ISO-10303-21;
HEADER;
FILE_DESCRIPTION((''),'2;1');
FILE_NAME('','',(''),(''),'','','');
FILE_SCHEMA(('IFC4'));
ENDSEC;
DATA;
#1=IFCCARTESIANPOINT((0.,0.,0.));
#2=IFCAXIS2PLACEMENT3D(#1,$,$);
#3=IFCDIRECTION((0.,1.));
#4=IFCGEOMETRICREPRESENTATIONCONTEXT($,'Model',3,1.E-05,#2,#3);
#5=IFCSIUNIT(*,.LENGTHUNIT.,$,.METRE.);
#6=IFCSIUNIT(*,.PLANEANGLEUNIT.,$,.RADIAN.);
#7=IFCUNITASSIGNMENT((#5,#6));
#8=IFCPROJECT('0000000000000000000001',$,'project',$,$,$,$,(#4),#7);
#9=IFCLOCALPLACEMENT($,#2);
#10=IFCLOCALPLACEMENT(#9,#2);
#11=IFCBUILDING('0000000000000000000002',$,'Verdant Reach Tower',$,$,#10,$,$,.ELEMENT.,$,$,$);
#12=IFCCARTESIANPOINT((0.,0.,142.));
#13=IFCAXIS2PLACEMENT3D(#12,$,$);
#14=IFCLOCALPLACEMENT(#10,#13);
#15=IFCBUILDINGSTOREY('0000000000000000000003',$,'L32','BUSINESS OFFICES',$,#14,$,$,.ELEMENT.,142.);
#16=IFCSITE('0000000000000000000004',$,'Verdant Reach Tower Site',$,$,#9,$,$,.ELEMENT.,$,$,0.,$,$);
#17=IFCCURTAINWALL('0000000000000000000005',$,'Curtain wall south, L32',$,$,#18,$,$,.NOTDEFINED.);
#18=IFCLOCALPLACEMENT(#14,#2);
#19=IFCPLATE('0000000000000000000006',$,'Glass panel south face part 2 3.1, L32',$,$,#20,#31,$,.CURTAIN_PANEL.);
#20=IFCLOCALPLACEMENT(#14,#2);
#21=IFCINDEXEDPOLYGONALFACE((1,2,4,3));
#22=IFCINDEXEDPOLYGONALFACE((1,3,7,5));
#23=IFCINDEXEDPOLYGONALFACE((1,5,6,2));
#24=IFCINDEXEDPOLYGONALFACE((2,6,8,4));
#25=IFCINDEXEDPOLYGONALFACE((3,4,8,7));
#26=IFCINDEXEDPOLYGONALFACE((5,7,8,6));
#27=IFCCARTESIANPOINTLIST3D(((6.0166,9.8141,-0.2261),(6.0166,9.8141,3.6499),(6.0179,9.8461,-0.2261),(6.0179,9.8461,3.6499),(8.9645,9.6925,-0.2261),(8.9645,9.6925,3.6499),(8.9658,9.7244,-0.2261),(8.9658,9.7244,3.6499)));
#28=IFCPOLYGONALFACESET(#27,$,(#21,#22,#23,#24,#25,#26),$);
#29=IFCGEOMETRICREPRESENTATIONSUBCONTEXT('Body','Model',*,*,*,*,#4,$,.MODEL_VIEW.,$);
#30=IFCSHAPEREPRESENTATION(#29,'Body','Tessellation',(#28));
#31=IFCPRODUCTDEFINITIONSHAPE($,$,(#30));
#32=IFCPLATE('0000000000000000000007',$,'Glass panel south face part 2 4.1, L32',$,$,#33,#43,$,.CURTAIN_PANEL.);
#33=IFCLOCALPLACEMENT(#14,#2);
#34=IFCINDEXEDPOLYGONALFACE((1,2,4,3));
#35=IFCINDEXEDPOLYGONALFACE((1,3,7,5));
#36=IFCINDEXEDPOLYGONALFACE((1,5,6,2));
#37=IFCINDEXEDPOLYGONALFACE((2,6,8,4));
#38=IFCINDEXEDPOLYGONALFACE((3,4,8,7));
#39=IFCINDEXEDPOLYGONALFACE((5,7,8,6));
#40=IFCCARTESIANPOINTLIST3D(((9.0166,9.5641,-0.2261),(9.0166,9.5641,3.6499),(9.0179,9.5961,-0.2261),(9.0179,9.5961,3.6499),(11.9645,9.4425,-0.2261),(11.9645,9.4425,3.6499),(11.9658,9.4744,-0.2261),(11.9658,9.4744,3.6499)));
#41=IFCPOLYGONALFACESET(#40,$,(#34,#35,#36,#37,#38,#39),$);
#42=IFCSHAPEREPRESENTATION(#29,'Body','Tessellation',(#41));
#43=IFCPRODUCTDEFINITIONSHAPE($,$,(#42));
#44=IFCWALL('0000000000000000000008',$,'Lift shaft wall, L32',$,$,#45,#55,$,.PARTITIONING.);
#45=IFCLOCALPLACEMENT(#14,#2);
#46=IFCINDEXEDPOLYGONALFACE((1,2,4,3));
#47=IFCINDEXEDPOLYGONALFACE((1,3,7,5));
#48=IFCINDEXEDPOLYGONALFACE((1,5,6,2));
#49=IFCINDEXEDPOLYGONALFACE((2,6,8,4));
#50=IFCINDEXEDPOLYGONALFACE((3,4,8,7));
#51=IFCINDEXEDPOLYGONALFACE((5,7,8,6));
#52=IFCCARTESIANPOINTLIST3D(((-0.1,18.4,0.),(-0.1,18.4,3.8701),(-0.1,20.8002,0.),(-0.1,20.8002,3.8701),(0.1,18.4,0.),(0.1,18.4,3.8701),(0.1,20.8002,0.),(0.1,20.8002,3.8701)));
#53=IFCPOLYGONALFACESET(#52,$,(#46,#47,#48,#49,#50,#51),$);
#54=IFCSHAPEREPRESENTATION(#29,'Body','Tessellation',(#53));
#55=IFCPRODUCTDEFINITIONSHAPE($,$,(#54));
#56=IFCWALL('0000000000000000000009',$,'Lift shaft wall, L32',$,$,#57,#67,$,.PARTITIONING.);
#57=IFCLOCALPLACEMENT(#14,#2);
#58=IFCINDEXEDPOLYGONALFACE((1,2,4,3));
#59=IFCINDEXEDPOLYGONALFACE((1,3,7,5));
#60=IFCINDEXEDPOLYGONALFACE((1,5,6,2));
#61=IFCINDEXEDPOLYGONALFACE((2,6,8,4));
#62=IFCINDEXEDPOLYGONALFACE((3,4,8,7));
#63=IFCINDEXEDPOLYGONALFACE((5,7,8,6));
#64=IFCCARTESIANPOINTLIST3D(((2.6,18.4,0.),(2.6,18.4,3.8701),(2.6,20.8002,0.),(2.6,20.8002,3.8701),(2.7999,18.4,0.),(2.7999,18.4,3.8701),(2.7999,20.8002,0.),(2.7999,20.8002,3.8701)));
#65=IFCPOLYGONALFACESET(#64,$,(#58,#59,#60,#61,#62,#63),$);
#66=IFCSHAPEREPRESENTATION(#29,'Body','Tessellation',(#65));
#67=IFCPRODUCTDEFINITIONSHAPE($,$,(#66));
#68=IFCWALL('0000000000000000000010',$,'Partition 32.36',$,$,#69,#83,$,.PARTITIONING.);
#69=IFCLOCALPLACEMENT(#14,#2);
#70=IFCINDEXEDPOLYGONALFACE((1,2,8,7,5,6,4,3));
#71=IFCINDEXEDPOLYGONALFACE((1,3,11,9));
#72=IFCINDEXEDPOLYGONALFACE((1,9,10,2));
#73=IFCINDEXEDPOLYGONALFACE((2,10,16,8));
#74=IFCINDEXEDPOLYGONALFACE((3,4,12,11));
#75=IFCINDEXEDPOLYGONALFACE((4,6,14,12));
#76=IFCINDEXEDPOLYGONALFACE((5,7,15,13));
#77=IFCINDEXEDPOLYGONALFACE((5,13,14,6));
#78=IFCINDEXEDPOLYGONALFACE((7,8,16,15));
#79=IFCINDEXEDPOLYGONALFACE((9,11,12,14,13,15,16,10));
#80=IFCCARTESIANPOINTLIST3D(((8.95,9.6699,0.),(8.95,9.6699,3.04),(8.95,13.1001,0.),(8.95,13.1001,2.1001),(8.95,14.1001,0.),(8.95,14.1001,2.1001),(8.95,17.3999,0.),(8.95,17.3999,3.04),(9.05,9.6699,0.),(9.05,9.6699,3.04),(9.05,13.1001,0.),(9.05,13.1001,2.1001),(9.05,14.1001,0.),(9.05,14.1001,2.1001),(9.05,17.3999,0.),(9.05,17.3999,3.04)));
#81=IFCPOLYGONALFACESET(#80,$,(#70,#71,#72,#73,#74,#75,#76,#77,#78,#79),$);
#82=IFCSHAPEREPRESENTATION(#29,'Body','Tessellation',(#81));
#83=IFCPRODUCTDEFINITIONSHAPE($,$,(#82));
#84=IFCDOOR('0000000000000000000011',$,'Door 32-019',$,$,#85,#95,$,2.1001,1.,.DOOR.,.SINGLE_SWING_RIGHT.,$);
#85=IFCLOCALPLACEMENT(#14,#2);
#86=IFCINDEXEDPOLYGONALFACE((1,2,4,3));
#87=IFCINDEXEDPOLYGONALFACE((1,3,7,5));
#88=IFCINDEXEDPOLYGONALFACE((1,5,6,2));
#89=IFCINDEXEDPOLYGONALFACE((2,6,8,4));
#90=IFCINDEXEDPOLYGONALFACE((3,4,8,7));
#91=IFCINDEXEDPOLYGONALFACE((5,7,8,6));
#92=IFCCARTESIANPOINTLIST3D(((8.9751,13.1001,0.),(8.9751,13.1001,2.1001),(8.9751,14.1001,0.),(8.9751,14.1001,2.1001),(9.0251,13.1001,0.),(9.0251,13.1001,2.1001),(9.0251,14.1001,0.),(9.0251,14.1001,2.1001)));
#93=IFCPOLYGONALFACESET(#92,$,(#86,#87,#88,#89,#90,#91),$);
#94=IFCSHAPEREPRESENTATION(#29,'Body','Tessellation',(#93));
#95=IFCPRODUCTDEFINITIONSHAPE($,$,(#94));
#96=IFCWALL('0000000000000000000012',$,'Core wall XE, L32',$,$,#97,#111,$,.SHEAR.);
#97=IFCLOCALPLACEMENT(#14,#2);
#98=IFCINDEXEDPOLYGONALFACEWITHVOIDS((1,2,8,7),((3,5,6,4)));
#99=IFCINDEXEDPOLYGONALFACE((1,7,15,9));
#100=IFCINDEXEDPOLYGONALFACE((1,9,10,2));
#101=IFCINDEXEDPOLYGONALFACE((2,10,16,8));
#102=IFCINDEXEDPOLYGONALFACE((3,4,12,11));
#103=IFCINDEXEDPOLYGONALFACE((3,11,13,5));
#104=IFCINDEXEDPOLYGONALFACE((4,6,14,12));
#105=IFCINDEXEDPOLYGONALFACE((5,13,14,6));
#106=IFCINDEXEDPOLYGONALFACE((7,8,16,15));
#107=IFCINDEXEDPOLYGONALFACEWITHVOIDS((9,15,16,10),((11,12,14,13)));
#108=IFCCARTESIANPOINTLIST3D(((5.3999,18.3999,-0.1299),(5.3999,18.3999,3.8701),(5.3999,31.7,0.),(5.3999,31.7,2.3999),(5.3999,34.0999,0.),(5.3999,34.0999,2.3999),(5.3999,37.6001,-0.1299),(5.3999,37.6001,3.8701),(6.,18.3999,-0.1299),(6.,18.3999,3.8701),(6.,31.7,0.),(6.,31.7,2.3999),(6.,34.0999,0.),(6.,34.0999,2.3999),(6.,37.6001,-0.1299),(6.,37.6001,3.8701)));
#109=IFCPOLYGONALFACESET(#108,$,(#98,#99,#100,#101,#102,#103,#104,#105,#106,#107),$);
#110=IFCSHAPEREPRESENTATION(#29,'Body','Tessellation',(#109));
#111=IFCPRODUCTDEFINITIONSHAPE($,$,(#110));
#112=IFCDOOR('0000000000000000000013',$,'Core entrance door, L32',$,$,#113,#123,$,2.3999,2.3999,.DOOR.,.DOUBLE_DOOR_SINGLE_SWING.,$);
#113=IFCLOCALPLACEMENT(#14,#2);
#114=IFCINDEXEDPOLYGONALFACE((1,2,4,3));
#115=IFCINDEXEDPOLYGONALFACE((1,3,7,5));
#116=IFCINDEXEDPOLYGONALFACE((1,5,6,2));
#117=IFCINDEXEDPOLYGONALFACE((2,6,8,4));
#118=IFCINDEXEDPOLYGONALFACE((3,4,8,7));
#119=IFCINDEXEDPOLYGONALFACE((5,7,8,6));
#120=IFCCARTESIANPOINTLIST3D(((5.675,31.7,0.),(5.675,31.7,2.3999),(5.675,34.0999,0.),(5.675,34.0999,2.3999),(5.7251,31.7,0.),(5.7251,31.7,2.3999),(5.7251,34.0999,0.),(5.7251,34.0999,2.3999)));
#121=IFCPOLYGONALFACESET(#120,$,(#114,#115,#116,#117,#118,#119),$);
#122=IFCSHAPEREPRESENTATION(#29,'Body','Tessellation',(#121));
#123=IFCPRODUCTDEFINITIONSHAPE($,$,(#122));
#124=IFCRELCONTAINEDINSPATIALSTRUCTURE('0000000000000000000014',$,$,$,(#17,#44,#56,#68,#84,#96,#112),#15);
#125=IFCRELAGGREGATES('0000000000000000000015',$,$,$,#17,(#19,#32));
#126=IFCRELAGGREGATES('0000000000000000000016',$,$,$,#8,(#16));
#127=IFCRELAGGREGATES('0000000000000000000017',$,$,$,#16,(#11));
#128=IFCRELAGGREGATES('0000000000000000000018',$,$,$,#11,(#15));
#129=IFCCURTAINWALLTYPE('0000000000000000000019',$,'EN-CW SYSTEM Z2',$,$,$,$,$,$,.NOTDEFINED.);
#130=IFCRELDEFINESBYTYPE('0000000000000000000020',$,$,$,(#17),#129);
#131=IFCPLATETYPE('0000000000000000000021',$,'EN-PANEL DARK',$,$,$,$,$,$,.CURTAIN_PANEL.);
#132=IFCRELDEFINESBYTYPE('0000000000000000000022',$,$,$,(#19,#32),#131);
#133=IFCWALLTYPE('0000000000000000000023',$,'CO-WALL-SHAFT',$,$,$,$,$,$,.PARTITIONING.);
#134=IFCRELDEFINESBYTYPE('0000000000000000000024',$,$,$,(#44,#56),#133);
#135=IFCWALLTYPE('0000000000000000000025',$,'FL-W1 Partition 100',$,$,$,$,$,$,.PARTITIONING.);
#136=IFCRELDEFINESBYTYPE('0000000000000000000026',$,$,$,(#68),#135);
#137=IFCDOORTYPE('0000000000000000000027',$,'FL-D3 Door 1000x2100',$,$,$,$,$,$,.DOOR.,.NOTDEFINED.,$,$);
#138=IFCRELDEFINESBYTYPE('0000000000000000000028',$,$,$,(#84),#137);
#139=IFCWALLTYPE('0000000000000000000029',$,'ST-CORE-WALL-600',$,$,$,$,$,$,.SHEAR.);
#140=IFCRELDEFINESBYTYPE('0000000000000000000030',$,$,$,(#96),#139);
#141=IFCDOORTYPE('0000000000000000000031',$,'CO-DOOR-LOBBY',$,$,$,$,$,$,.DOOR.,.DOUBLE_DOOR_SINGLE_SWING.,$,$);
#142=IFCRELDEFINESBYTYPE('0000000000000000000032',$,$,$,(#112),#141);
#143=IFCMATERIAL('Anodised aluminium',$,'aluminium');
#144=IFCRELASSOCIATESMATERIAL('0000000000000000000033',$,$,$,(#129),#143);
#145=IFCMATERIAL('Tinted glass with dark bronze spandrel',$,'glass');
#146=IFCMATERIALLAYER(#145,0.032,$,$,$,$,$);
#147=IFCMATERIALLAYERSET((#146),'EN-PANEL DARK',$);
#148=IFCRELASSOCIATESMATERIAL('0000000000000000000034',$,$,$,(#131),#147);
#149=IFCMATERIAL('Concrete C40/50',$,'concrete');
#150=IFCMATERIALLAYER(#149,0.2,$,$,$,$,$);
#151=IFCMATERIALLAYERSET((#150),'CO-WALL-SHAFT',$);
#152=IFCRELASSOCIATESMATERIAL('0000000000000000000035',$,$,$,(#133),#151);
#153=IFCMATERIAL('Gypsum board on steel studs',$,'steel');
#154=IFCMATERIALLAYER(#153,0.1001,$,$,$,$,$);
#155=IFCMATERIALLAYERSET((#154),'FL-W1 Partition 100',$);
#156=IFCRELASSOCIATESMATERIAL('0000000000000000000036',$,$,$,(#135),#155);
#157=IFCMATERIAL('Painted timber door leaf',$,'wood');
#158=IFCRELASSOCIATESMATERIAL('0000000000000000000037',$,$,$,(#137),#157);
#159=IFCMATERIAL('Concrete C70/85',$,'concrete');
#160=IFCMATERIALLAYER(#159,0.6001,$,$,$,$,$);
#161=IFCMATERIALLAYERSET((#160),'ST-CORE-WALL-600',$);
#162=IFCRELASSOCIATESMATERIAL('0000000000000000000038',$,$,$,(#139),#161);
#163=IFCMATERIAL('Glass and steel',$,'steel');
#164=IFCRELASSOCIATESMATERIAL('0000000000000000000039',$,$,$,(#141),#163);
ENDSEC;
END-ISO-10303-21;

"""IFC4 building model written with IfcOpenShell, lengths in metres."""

from ifc_helpers import new_model, si_unit, direction, frame, frame_2d, origin, origin_2d, place, context, subcontext, project, spatial, rectangle, extrude, material, layer, layer_set, type_object, element, fill, aggregate, save


model = new_model("IFC4")

# Units and contexts
model_context = context("Model", 3, precision=1e-05, world=origin(), true_north=direction((0.0, 1.0)))
body_context = subcontext(model_context, "Body", "Model", "MODEL_VIEW")
ifc_project = project(units=[si_unit("LENGTHUNIT", "METRE"), si_unit("PLANEANGLEUNIT", "RADIAN")], contexts=[model_context])

# Site, building, storey
site_placement = place(None, origin())
site = spatial("IfcSite", under=ifc_project, at=site_placement, Name="Verdant Reach Tower Site", CompositionType="ELEMENT", RefElevation=0.0)
building_placement = place(site_placement, origin())
building = spatial("IfcBuilding", under=site, at=building_placement, Name="Verdant Reach Tower", CompositionType="ELEMENT")
storey_placement = place(building_placement, frame((0.0, 0.0, 142.0)))
storey = spatial("IfcBuildingStorey", under=building, at=storey_placement, Name="L32", Description="BUSINESS OFFICES", CompositionType="ELEMENT", Elevation=142.0)

# Curtain wall
ifc_material_1 = material(Name="Anodised aluminium", Category="aluminium")
curtain_wall_type = type_object("IfcCurtainWallType", Name="EN-CW SYSTEM Z2", PredefinedType="NOTDEFINED", material=ifc_material_1)
curtain_wall_placement = place(storey_placement, origin())
curtain_wall = element("IfcCurtainWall", 1, at=curtain_wall_placement, inside=storey, type_object=curtain_wall_type, Name="Curtain wall south, L32", PredefinedType="NOTDEFINED")

# Plates
ifc_material_2 = material(Name="Tinted glass with dark bronze spandrel", Category="glass")
ifc_layer_1 = layer(ifc_material_2, 0.032)
ifc_layer_set_1 = layer_set([ifc_layer_1], Name="EN-PANEL DARK")
plate_type_1 = type_object("IfcPlateType", Name="EN-PANEL DARK", PredefinedType="CURTAIN_PANEL", material=ifc_layer_set_1)
plate_1_placement = place(storey_placement, frame((7.4912, 9.7693, -0.2261), z_axis=(0.0, 0.0, 1.0), x_axis=(0.999149, -0.041242, 0.0)))
plate_1 = element("IfcPlate", 2, at=plate_1_placement, type_object=plate_type_1, Name="Glass panel south face part 2 3.1, L32", PredefinedType="CURTAIN_PANEL", context=body_context, shape_type="SweptSolid", body=[
    extrude(rectangle(XDim=2.9504, YDim=0.032, at=origin_2d()), origin(), (0.0, 0.0, 1.0), 3.876),
])
plate_2_placement = place(storey_placement, frame((10.4912, 9.5193, -0.2261), z_axis=(0.0, 0.0, 1.0), x_axis=(0.999149, -0.041242, 0.0)))
plate_2 = element("IfcPlate", 3, at=plate_2_placement, type_object=plate_type_1, Name="Glass panel south face part 2 4.1, L32", PredefinedType="CURTAIN_PANEL", context=body_context, shape_type="SweptSolid", body=[
    extrude(rectangle(XDim=2.9504, YDim=0.032, at=origin_2d()), origin(), (0.0, 0.0, 1.0), 3.876),
])
aggregate(curtain_wall, [plate_1, plate_2])

# Walls
ifc_material_3 = material(Name="Concrete C40/50", Category="concrete")
ifc_layer_2 = layer(ifc_material_3, 0.2)
ifc_layer_set_2 = layer_set([ifc_layer_2], Name="CO-WALL-SHAFT")
wall_type_1 = type_object("IfcWallType", Name="CO-WALL-SHAFT", PredefinedType="PARTITIONING", material=ifc_layer_set_2)
for number, where, z_axis, x_axis, name in (
    (4, (0.0, 18.3999, 0.0), (0.0, 0.0, 1.0), (0.0, 1.0, 0.0), "Lift shaft wall, L32"),
    (5, (2.7, 18.3999, 0.0), (0.0, 0.0, 1.0), (0.0, 1.0, 0.0), "Lift shaft wall, L32"),
):
    element("IfcWall", number, at=place(storey_placement, frame(where, z_axis=z_axis, x_axis=x_axis)), inside=storey, type_object=wall_type_1, Name=name, PredefinedType="PARTITIONING", context=body_context, shape_type="SweptSolid", body=[
        extrude(rectangle(XDim=2.4001, YDim=0.2, at=frame_2d((1.2002, 0.0))), origin(), (0.0, 0.0, 1.0), 3.8701),
    ])

# Walls, openings, doors
ifc_material_4 = material(Name="Gypsum board on steel studs", Category="steel")
ifc_layer_3 = layer(ifc_material_4, 0.1001)
ifc_layer_set_3 = layer_set([ifc_layer_3], Name="FL-W1 Partition 100")
wall_type_2 = type_object("IfcWallType", Name="FL-W1 Partition 100", PredefinedType="PARTITIONING", material=ifc_layer_set_3)
wall_1_placement = place(storey_placement, frame((9.0, 9.6699, 0.0), z_axis=(0.0, 0.0, 1.0), x_axis=(0.0, 1.0, 0.0)))
wall_1 = element("IfcWall", 6, at=wall_1_placement, inside=storey, type_object=wall_type_2, Name="Partition 32.36", PredefinedType="PARTITIONING", context=body_context, shape_type="SweptSolid", body=[
    extrude(rectangle(XDim=7.73, YDim=0.1001, at=frame_2d((3.865, 0.0))), origin(), (0.0, 0.0, 1.0), 3.04),
])
opening_1_placement = place(wall_1_placement, frame((3.4302, 0.0, 0.0)))
opening_1 = element("IfcOpeningElement", 7, at=opening_1_placement, cuts=wall_1, PredefinedType="OPENING", context=body_context, shape_type="SweptSolid", body=[
    extrude(rectangle(XDim=1.0, YDim=2.1001, at=frame_2d((0.5, 1.05))), frame((0.0, 0.0601, 0.0), z_axis=(0.0, -1.0, 0.0), x_axis=(1.0, 0.0, 0.0)), (0.0, 0.0, 1.0), 0.1201),
])
ifc_material_5 = material(Name="Painted timber door leaf", Category="wood")
door_type_1 = type_object("IfcDoorType", Name="FL-D3 Door 1000x2100", OperationType="NOTDEFINED", PredefinedType="DOOR", material=ifc_material_5)
door_1_placement = place(opening_1_placement, origin())
door_1 = element("IfcDoor", 8, at=door_1_placement, inside=storey, type_object=door_type_1, Name="Door 32-019", OperationType="SINGLE_SWING_RIGHT", OverallHeight=2.1001, OverallWidth=1.0, PredefinedType="DOOR", context=body_context, shape_type="SweptSolid", body=[
    extrude(rectangle(XDim=1.0, YDim=2.1001, at=frame_2d((0.5, 1.05))), frame((0.0, 0.0249, 0.0), z_axis=(0.0, -1.0, 0.0), x_axis=(1.0, 0.0, 0.0)), (0.0, 0.0, 1.0), 0.05),
])
fill(opening_1, door_1)
ifc_material_6 = material(Name="Concrete C70/85", Category="concrete")
ifc_layer_4 = layer(ifc_material_6, 0.6001)
ifc_layer_set_4 = layer_set([ifc_layer_4], Name="ST-CORE-WALL-600")
wall_type_3 = type_object("IfcWallType", Name="ST-CORE-WALL-600", PredefinedType="SHEAR", material=ifc_layer_set_4)
wall_2_placement = place(storey_placement, frame((5.7, 18.3999, -0.1299), z_axis=(0.0, 0.0, 1.0), x_axis=(0.0, 1.0, 0.0)))
wall_2 = element("IfcWall", 9, at=wall_2_placement, inside=storey, type_object=wall_type_3, Name="Core wall XE, L32", PredefinedType="SHEAR", context=body_context, shape_type="SweptSolid", body=[
    extrude(rectangle(XDim=19.2002, YDim=0.6001, at=frame_2d((9.6001, 0.0))), origin(), (0.0, 0.0, 1.0), 4.0),
])
opening_2_placement = place(wall_2_placement, frame((13.3, 0.0, 0.1299)))
opening_2 = element("IfcOpeningElement", 10, at=opening_2_placement, cuts=wall_2, PredefinedType="OPENING", context=body_context, shape_type="SweptSolid", body=[
    extrude(rectangle(XDim=2.3999, YDim=2.3999, at=frame_2d((1.2, 1.2))), frame((0.0, 0.3101, 0.0), z_axis=(0.0, -1.0, 0.0), x_axis=(1.0, 0.0, 0.0)), (0.0, 0.0, 1.0), 0.6201),
])
ifc_material_7 = material(Name="Glass and steel", Category="steel")
door_type_2 = type_object("IfcDoorType", Name="CO-DOOR-LOBBY", OperationType="DOUBLE_DOOR_SINGLE_SWING", PredefinedType="DOOR", material=ifc_material_7)
door_2_placement = place(opening_2_placement, origin())
door_2 = element("IfcDoor", 11, at=door_2_placement, inside=storey, type_object=door_type_2, Name="Core entrance door, L32", OperationType="DOUBLE_DOOR_SINGLE_SWING", OverallHeight=2.3999, OverallWidth=2.3999, PredefinedType="DOOR", context=body_context, shape_type="SweptSolid", body=[
    extrude(rectangle(XDim=2.3999, YDim=2.3999, at=frame_2d((1.2, 1.2))), frame((0.0, 0.0249, 0.0), z_axis=(0.0, -1.0, 0.0), x_axis=(1.0, 0.0, 0.0)), (0.0, 0.0, 1.0), 0.05),
])
fill(opening_2, door_2)

save(model, "model.ifc")
